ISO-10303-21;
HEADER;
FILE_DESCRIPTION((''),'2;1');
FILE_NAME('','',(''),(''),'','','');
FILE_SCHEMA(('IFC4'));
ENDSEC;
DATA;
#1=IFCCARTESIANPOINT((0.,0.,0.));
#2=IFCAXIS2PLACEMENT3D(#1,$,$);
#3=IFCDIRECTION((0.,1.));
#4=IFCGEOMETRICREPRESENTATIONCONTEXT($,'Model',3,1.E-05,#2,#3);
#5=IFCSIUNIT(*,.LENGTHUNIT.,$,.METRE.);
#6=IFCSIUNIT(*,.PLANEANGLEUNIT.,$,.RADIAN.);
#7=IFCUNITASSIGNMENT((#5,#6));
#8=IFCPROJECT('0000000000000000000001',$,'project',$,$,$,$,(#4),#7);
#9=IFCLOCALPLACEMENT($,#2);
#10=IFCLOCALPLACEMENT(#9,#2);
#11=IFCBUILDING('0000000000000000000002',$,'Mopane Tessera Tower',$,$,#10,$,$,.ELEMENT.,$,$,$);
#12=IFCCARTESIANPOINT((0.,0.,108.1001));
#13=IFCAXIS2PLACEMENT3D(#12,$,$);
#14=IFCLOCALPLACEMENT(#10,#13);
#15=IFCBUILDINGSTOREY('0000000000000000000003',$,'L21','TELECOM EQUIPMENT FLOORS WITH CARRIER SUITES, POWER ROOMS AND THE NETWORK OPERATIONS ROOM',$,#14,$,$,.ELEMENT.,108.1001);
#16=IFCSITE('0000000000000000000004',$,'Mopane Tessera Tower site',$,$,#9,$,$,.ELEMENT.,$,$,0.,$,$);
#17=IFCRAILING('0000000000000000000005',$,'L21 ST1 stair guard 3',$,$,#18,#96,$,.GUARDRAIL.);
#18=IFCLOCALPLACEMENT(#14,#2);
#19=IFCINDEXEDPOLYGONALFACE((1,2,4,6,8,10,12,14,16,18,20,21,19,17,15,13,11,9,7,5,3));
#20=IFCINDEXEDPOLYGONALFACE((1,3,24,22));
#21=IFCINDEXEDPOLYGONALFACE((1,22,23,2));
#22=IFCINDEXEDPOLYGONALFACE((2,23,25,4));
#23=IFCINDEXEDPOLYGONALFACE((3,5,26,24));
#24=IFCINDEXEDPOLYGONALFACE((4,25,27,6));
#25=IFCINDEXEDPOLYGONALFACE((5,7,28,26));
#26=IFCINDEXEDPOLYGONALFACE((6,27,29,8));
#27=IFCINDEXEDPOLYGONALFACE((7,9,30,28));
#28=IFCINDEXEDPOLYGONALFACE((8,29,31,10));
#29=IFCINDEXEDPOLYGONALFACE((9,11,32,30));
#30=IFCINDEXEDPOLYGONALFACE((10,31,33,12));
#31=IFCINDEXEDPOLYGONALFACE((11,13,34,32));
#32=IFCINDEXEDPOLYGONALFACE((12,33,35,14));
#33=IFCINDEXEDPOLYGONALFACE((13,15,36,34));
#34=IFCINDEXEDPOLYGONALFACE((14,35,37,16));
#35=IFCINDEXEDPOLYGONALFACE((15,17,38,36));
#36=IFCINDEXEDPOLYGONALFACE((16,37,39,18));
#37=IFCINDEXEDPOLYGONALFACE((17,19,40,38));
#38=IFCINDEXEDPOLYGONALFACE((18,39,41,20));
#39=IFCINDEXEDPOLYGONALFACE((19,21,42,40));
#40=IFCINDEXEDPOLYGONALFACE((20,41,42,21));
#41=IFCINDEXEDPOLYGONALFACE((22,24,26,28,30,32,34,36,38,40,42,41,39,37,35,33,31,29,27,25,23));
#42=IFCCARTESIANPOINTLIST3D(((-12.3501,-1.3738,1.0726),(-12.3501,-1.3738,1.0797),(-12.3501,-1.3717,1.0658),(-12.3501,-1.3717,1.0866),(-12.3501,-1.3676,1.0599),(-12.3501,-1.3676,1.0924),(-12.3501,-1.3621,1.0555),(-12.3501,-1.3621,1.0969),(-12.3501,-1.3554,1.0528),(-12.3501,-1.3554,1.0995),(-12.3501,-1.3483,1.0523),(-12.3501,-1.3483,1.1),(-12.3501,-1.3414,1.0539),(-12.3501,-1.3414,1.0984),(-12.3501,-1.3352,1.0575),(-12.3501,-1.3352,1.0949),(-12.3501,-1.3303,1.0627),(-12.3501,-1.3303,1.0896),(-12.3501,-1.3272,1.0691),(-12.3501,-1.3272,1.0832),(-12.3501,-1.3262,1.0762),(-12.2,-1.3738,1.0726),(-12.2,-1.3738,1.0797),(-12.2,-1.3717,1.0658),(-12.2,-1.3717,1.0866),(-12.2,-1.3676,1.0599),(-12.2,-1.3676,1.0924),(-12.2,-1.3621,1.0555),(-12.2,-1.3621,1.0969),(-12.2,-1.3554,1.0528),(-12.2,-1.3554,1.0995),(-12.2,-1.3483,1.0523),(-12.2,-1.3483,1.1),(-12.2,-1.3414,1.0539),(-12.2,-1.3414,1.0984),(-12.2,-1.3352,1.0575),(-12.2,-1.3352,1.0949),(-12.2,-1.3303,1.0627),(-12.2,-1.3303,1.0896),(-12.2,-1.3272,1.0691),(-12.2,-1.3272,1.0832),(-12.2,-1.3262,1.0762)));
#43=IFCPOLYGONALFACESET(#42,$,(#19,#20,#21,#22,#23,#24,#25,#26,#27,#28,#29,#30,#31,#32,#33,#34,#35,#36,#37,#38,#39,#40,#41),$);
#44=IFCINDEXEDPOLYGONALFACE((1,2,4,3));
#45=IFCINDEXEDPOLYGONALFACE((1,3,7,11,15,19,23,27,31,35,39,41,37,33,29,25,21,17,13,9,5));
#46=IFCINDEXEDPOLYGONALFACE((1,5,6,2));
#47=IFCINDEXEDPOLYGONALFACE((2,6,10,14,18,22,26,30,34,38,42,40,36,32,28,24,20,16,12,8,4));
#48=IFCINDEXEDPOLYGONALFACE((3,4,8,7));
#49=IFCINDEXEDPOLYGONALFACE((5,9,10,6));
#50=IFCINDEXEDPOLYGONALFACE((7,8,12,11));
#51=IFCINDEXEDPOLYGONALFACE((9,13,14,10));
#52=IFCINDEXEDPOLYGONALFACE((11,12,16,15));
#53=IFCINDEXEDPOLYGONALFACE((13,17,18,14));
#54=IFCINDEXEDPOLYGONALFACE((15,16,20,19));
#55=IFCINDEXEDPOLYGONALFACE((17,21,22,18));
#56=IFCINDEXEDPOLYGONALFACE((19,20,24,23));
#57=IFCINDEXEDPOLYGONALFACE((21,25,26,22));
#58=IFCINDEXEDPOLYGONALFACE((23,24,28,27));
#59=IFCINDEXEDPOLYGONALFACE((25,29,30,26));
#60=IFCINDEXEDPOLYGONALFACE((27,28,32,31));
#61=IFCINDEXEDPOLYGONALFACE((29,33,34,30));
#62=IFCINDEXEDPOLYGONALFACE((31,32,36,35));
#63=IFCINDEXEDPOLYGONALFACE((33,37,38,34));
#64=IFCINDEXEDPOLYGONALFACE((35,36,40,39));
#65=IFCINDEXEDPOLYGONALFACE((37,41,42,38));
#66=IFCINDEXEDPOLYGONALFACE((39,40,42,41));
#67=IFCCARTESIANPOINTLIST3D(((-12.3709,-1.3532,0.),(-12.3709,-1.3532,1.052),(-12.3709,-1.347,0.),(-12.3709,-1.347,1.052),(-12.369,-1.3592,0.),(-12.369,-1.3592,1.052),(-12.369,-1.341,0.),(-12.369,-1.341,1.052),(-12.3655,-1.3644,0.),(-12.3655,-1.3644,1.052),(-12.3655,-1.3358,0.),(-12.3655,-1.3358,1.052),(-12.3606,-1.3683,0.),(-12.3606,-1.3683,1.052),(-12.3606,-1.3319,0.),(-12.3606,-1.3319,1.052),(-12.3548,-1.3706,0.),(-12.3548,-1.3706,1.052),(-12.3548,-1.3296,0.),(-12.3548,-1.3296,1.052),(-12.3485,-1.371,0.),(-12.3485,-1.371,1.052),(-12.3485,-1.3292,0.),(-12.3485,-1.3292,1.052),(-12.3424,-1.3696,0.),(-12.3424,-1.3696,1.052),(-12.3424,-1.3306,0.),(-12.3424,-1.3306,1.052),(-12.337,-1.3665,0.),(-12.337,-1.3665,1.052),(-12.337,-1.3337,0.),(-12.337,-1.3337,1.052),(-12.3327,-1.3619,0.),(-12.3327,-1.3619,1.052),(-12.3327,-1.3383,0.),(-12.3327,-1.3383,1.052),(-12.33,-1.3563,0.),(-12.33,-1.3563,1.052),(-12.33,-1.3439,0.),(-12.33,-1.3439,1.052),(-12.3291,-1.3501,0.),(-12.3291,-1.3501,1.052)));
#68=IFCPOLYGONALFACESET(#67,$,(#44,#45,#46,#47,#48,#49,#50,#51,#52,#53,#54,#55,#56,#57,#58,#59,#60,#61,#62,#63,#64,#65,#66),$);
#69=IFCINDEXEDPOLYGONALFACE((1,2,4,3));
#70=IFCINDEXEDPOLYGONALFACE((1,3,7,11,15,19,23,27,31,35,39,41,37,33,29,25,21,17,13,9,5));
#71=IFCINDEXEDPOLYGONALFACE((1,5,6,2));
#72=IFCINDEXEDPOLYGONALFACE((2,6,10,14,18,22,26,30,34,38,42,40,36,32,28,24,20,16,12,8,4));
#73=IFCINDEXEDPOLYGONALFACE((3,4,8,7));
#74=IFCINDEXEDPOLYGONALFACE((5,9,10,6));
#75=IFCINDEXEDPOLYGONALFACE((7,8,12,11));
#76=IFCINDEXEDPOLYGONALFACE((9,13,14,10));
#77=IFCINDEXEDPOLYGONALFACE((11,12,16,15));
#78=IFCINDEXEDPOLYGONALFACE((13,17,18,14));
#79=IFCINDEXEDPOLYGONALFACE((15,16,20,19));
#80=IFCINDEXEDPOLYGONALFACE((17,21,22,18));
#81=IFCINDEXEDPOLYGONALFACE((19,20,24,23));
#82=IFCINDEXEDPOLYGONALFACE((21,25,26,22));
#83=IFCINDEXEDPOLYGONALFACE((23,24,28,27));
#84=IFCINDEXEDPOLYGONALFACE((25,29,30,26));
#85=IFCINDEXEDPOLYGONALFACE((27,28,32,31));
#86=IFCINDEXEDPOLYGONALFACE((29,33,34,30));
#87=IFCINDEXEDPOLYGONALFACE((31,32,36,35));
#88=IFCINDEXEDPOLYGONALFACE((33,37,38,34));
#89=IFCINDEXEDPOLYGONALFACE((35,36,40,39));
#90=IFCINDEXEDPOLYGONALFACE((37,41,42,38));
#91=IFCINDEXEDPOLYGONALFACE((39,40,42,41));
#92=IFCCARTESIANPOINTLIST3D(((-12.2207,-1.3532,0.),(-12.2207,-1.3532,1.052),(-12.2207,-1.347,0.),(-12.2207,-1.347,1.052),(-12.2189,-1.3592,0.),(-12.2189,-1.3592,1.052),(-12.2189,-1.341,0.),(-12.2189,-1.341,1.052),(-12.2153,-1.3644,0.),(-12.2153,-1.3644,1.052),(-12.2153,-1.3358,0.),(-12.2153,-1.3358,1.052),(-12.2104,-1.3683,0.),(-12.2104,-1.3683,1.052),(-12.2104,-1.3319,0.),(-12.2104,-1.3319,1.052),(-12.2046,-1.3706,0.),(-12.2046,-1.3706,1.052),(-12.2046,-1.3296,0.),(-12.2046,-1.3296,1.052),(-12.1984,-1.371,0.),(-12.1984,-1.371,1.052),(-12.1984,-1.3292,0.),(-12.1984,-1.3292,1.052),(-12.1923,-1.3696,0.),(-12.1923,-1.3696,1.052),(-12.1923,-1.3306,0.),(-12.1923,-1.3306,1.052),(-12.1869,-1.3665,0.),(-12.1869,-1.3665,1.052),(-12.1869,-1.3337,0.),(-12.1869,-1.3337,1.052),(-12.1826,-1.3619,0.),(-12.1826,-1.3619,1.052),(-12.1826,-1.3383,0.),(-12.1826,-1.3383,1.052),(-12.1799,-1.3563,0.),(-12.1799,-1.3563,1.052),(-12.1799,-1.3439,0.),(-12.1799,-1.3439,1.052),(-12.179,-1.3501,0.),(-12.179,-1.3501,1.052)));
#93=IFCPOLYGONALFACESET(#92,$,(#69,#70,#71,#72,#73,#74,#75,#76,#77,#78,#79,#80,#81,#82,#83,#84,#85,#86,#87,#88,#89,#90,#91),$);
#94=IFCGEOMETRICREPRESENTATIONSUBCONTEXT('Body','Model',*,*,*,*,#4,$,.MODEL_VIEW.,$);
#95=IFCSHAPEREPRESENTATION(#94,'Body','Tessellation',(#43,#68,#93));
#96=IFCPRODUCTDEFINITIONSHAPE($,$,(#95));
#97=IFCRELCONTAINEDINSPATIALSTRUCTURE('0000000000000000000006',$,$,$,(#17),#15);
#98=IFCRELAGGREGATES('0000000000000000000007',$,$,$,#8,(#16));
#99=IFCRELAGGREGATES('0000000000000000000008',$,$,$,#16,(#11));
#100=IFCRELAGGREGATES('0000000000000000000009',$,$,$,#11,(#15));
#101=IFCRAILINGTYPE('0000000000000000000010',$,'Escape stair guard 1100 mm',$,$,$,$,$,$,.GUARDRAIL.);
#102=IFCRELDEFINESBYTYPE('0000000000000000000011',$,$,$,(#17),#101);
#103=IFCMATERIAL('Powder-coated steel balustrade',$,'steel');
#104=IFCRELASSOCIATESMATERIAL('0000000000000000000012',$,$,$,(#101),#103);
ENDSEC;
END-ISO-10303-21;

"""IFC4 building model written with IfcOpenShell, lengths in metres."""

from ifc_helpers import new_model, si_unit, direction, frame, origin, origin_2d, place, context, subcontext, project, spatial, circle, extrude, material, type_object, element, save


model = new_model("IFC4")

# Units and contexts
model_context = context("Model", 3, precision=1e-05, world=origin(), true_north=direction((0.0, 1.0)))
body_context = subcontext(model_context, "Body", "Model", "MODEL_VIEW")
ifc_project = project(units=[si_unit("LENGTHUNIT", "METRE"), si_unit("PLANEANGLEUNIT", "RADIAN")], contexts=[model_context])

# Site, building, storey
site_placement = place(None, origin())
site = spatial("IfcSite", under=ifc_project, at=site_placement, Name="Mopane Tessera Tower site", CompositionType="ELEMENT", RefElevation=0.0)
building_placement = place(site_placement, origin())
building = spatial("IfcBuilding", under=site, at=building_placement, Name="Mopane Tessera Tower", CompositionType="ELEMENT")
storey_placement = place(building_placement, frame((0.0, 0.0, 108.1001)))
storey = spatial("IfcBuildingStorey", under=building, at=storey_placement, Name="L21", Description="TELECOM EQUIPMENT FLOORS WITH CARRIER SUITES, POWER ROOMS AND THE NETWORK OPERATIONS ROOM", CompositionType="ELEMENT", Elevation=108.1001)

# Railing
ifc_material_1 = material(Name="Powder-coated steel balustrade", Category="steel")
railing_type = type_object("IfcRailingType", Name="Escape stair guard 1100 mm", PredefinedType="GUARDRAIL", material=ifc_material_1)
railing_1_placement = place(storey_placement, frame((-12.3501, -1.3501, 0.0)))
element("IfcRailing", 1, at=railing_1_placement, inside=storey, type_object=railing_type, Name="L21 ST1 stair guard 3", PredefinedType="GUARDRAIL", context=body_context, shape_type="SweptSolid", body=[
    extrude(circle(Radius=0.0239, at=origin_2d()), frame((0.0, 0.0, 1.0762), z_axis=(1.0, 0.0, 0.0), x_axis=(0.0, 1.0, 0.0)), (0.0, 0.0, 1.0), 0.1501),
    extrude(circle(Radius=0.021, at=origin_2d()), origin(), (0.0, 0.0, 1.0), 1.052),
    extrude(circle(Radius=0.021, at=origin_2d()), frame((0.1501, 0.0, 0.0)), (0.0, 0.0, 1.0), 1.052),
])

save(model, "model.ifc")
